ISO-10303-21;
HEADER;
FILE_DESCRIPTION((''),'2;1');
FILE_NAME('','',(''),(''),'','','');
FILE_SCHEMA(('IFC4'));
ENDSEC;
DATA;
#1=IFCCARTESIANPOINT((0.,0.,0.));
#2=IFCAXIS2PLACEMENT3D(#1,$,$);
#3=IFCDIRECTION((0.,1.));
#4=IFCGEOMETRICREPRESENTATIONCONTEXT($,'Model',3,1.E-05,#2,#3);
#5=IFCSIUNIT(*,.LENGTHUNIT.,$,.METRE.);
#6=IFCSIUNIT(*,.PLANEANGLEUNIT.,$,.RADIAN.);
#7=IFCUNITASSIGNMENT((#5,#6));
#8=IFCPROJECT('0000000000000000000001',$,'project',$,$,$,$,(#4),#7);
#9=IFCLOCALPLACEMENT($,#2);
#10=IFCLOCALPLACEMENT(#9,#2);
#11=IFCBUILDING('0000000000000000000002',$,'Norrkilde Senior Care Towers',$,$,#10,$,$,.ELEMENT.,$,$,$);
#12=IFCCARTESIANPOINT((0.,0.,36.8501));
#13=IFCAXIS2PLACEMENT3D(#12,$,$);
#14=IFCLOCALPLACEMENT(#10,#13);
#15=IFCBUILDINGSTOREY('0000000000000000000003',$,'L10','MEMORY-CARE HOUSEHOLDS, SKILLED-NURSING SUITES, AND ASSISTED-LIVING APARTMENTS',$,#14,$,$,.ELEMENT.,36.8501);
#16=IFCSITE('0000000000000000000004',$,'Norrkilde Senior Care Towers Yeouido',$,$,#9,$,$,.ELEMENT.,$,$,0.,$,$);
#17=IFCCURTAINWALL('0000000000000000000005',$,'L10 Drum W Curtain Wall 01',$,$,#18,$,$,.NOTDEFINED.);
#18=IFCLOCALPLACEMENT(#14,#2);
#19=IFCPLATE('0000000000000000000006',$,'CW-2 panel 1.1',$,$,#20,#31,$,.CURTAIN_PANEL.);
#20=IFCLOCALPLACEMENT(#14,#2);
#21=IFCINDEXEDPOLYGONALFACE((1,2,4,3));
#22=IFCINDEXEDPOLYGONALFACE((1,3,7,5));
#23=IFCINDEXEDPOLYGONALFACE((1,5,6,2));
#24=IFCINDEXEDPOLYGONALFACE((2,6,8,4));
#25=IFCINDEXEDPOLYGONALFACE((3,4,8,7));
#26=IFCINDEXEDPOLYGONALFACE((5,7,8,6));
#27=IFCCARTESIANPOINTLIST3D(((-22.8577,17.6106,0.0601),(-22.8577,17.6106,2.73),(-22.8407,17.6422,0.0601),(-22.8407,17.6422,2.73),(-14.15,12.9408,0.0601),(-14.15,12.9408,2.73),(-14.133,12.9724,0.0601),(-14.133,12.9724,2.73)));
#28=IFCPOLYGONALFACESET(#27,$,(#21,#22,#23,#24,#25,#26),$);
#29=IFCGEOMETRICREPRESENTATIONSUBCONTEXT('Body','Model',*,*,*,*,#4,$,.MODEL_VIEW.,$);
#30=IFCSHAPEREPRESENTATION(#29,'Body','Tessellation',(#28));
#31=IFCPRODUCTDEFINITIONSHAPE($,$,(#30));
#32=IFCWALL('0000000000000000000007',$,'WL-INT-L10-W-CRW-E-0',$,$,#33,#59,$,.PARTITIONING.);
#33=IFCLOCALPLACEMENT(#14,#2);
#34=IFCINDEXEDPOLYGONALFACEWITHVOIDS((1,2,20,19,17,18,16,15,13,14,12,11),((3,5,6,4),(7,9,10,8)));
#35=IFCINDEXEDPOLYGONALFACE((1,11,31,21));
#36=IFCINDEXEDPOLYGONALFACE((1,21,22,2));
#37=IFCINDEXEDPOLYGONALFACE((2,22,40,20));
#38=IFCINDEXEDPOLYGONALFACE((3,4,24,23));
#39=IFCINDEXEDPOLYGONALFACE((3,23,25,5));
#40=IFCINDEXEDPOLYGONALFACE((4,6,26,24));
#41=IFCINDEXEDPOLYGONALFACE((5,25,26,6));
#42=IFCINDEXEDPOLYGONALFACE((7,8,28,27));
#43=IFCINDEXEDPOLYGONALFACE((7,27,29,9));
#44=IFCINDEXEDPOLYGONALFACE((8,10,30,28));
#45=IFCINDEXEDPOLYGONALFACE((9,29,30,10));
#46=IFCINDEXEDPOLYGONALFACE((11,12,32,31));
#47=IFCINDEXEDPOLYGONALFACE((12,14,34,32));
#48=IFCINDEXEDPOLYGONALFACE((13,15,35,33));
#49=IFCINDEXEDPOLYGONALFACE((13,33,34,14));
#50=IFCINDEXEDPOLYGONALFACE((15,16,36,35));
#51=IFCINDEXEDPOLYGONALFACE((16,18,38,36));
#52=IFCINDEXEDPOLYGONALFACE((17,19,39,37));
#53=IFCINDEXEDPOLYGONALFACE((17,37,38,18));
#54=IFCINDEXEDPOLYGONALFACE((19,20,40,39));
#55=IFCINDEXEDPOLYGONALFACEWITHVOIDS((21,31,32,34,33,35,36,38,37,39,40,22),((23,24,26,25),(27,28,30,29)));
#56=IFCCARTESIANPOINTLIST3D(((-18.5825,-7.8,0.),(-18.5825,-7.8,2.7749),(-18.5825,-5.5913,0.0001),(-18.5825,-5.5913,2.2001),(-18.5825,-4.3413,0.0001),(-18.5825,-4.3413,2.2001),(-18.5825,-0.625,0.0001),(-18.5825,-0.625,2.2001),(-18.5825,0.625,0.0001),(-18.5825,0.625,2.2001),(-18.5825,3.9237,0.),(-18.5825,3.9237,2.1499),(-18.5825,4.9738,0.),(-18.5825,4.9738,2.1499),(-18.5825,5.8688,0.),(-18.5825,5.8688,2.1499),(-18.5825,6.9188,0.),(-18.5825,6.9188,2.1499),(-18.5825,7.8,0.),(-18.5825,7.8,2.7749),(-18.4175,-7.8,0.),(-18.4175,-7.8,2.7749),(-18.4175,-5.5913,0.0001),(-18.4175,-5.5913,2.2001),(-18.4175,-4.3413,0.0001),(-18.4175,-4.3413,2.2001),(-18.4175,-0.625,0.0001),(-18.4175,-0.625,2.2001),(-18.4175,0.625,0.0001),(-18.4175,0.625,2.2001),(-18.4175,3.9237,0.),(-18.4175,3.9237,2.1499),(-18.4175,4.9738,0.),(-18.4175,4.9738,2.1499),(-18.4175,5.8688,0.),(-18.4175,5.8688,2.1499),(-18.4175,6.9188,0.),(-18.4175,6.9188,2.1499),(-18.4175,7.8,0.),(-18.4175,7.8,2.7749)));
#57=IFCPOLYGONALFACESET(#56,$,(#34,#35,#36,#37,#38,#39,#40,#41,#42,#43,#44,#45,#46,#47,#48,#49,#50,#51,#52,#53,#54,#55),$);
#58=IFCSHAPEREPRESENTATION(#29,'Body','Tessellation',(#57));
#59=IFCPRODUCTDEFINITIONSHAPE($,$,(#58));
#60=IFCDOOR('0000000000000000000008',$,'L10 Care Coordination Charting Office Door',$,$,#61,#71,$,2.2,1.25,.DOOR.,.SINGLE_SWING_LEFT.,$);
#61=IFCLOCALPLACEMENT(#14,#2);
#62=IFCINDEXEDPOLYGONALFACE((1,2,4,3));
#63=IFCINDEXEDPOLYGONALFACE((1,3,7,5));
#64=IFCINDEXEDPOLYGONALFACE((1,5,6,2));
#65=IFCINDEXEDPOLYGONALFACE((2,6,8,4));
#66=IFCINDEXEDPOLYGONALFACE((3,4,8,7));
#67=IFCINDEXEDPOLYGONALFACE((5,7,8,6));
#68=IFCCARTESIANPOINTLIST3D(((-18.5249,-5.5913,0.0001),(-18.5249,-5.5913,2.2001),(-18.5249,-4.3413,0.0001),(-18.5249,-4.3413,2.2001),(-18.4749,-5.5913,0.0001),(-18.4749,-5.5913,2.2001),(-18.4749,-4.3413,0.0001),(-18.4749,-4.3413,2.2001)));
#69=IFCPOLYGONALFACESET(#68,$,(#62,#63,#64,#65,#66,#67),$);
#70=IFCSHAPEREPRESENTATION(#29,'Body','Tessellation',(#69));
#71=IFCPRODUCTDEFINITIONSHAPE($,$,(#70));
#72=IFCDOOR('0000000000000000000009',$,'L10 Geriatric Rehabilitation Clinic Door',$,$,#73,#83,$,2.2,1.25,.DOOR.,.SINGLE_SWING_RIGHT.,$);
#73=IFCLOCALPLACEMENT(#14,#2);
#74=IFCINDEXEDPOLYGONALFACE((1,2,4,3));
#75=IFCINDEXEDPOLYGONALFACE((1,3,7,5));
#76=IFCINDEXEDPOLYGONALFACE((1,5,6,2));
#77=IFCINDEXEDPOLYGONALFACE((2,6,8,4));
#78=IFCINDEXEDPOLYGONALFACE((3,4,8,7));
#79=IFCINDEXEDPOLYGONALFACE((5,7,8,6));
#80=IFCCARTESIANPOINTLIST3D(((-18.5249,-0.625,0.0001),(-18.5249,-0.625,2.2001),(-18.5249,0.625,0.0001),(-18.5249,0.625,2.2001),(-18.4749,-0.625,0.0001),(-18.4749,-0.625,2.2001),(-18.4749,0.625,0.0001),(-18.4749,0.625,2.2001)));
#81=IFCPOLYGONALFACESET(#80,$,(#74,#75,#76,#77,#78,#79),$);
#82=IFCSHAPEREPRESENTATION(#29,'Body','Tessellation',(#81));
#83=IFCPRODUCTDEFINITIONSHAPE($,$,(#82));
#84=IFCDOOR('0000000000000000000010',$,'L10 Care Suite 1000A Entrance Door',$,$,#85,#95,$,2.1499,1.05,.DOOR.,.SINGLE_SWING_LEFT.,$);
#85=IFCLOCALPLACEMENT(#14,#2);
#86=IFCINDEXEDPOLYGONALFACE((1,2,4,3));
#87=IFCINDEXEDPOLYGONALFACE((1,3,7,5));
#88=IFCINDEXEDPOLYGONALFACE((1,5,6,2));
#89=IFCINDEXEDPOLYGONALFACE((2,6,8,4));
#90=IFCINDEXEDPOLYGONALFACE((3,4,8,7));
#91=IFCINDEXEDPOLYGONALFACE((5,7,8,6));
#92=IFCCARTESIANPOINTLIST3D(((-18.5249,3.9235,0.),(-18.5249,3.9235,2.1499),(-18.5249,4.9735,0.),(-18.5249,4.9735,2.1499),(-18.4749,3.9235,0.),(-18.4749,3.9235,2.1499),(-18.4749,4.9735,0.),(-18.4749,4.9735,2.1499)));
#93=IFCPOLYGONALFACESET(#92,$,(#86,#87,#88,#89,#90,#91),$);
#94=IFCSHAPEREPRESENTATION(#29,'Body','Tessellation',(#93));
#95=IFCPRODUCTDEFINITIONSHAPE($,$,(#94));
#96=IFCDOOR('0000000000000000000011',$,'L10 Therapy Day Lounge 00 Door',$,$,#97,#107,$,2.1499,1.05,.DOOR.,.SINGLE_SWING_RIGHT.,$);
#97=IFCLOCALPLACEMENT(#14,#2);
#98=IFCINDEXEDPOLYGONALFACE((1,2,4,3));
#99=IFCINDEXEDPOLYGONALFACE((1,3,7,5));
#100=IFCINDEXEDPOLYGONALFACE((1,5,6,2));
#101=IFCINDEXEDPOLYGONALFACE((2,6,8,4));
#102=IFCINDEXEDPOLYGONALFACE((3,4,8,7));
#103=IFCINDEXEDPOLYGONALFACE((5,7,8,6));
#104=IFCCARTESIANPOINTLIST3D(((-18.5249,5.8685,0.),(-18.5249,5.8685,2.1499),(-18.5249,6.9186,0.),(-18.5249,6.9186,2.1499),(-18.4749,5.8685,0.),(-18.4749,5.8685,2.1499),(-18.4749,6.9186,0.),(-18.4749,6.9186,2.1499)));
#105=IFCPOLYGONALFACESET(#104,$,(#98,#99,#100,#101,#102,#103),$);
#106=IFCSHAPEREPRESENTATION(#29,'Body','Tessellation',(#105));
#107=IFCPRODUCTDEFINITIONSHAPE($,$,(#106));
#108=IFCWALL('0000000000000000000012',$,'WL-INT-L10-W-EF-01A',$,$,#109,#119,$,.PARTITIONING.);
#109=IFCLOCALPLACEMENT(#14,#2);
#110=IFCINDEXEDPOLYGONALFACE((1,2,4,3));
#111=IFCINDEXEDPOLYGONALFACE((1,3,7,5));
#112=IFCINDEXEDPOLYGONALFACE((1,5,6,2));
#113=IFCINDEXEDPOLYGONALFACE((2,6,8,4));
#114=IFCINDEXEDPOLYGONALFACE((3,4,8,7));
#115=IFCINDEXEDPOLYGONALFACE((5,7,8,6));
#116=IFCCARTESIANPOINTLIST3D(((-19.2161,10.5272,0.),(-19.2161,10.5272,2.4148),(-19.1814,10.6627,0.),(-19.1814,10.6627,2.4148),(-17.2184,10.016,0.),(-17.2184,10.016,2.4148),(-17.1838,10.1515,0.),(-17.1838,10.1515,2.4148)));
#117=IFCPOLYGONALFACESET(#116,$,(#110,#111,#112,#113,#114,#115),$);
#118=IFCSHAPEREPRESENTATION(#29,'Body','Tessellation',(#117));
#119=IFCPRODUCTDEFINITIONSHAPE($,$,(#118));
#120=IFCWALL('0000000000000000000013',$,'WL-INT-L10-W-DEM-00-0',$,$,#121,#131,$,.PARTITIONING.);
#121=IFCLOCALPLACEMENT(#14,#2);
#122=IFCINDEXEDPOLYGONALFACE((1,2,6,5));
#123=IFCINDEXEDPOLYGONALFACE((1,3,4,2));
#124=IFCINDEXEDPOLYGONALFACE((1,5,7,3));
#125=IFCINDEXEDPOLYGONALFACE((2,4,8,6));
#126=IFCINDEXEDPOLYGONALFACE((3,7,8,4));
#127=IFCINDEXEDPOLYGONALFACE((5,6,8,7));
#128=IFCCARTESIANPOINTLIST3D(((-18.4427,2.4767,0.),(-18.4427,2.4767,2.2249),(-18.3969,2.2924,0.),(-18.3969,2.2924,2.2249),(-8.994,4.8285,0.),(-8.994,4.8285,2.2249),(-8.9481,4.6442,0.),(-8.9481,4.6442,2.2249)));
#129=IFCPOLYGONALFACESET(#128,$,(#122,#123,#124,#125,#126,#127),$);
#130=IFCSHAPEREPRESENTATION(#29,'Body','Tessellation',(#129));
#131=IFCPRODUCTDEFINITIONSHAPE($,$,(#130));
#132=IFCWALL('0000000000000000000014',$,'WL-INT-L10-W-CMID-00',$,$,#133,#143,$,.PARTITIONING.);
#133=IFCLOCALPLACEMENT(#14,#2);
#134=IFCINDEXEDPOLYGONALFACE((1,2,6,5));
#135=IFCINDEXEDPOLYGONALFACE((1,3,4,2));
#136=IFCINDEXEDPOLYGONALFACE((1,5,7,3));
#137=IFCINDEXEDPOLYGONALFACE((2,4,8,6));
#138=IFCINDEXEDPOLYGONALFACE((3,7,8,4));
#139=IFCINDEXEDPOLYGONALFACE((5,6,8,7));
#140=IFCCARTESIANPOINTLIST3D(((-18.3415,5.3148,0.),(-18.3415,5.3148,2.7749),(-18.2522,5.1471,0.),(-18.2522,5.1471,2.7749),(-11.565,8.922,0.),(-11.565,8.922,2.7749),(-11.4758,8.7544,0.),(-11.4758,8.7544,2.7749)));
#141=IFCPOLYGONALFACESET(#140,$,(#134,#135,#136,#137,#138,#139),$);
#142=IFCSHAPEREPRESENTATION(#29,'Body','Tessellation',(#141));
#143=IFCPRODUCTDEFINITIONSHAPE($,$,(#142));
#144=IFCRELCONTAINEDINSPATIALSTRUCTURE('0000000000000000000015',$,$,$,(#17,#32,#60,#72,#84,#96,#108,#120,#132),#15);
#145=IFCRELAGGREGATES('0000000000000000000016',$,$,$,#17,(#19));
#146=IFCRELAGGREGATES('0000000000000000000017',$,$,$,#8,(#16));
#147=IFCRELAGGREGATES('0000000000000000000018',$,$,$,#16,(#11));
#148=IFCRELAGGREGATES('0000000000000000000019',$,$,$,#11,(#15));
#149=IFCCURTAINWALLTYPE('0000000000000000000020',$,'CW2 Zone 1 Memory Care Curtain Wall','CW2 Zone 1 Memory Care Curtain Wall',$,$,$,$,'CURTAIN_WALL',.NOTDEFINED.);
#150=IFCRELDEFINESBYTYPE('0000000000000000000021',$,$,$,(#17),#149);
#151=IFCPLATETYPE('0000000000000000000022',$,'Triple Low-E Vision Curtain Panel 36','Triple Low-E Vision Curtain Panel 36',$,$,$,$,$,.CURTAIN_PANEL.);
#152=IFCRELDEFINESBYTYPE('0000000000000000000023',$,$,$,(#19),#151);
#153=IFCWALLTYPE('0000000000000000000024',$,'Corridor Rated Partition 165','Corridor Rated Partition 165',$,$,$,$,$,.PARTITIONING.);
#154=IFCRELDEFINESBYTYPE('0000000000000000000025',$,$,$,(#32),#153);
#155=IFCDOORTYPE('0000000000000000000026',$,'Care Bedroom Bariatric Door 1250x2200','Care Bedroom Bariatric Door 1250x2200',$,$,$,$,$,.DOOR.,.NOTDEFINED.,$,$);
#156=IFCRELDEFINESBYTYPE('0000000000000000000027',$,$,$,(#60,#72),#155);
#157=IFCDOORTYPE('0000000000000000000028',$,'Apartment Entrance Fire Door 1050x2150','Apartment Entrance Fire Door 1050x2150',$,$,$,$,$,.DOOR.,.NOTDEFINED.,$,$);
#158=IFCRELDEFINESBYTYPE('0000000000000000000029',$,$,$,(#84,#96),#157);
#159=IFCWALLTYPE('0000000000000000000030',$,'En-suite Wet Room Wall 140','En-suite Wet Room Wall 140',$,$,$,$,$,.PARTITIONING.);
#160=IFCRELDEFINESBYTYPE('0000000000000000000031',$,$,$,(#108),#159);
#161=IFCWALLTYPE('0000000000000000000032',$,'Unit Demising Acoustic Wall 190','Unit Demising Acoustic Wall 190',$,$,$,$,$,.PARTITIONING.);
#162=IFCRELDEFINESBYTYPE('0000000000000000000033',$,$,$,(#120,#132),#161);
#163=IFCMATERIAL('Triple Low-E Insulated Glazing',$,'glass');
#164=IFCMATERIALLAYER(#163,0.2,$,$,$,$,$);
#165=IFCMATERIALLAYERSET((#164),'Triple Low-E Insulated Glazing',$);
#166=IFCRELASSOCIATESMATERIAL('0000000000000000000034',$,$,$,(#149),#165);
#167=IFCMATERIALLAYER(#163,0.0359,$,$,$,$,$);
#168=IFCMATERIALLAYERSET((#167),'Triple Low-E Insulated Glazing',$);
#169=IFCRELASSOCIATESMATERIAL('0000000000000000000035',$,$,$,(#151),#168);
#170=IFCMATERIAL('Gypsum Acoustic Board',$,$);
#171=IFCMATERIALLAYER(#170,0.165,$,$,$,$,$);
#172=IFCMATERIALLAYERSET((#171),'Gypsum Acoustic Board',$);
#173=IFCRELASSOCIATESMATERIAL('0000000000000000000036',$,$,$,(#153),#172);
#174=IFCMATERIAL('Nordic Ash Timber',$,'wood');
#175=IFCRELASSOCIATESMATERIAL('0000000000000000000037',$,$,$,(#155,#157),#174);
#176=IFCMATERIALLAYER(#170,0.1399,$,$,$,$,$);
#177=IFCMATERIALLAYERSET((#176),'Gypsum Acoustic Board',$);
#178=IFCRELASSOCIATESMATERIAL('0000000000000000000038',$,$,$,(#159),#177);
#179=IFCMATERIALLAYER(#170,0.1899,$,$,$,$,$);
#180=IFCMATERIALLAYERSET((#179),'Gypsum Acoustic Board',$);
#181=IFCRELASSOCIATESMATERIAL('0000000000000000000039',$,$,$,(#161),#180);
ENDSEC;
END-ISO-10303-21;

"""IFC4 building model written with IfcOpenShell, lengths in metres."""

from ifc_helpers import new_model, si_unit, direction, frame, frame_2d, origin, origin_2d, place, context, subcontext, project, spatial, rectangle, extrude, source, transform, mapped, material, layer, layer_set, type_object, type_shapes, element, fill, aggregate, save


model = new_model("IFC4")

# Units and contexts
model_context = context("Model", 3, precision=1e-05, world=origin(), true_north=direction((0.0, 1.0)))
body_context = subcontext(model_context, "Body", "Model", "MODEL_VIEW")
ifc_project = project(units=[si_unit("LENGTHUNIT", "METRE"), si_unit("PLANEANGLEUNIT", "RADIAN")], contexts=[model_context])

# Site, building, storey
site_placement = place(None, origin())
site = spatial("IfcSite", under=ifc_project, at=site_placement, Name="Norrkilde Senior Care Towers Yeouido", CompositionType="ELEMENT", RefElevation=0.0)
building_placement = place(site_placement, origin())
building = spatial("IfcBuilding", under=site, at=building_placement, Name="Norrkilde Senior Care Towers", CompositionType="ELEMENT")
storey_placement = place(building_placement, frame((0.0, 0.0, 36.8501)))
storey = spatial("IfcBuildingStorey", under=building, at=storey_placement, Name="L10", Description="MEMORY-CARE HOUSEHOLDS, SKILLED-NURSING SUITES, AND ASSISTED-LIVING APARTMENTS", CompositionType="ELEMENT", Elevation=36.8501)

# Shared definitions
ifc_material_1 = material(Name="Triple Low-E Insulated Glazing", Category="glass")
ifc_layer_1 = layer(ifc_material_1, 0.2)
ifc_layer_set_1 = layer_set([ifc_layer_1], Name="Triple Low-E Insulated Glazing")
curtain_wall_type = type_object("IfcCurtainWallType", Name="CW2 Zone 1 Memory Care Curtain Wall", Description="CW2 Zone 1 Memory Care Curtain Wall", ElementType="CURTAIN_WALL", PredefinedType="NOTDEFINED", material=ifc_layer_set_1)

# Curtain wall
curtain_wall_1_placement = place(storey_placement, origin())
curtain_wall_1 = element("IfcCurtainWall", 1, at=curtain_wall_1_placement, inside=storey, type_object=curtain_wall_type, Name="L10 Drum W Curtain Wall 01", PredefinedType="NOTDEFINED")

# Plate
ifc_layer_2 = layer(ifc_material_1, 0.0359)
ifc_layer_set_2 = layer_set([ifc_layer_2], Name="Triple Low-E Insulated Glazing")
plate_type = type_object("IfcPlateType", Name="Triple Low-E Vision Curtain Panel 36", Description="Triple Low-E Vision Curtain Panel 36", PredefinedType="CURTAIN_PANEL", material=ifc_layer_set_2)
shared_shape_1 = source(origin(), body_context, "Body", "SweptSolid", [
    extrude(rectangle(XDim=9.8809, YDim=0.0359, at=origin_2d()), origin(), (0.0, 0.0, 1.0), 2.6699),
])
plate_1_placement = place(storey_placement, frame((-18.4954, 15.2915, 0.0601), z_axis=(0.0, 0.0, 1.0), x_axis=(0.881273, -0.472608, 0.0)))
plate_1 = element("IfcPlate", 2, at=plate_1_placement, type_object=plate_type, Name="CW-2 panel 1.1", PredefinedType="CURTAIN_PANEL", context=body_context, shape_type="MappedRepresentation", body=[
    mapped(shared_shape_1, transform((0.0, 0.0, 0.0), x_axis=(1.0, 0.0, 0.0), y_axis=(0.0, 1.0, 0.0), z_axis=(0.0, 0.0, 1.0), scale=1.0)),
])
aggregate(curtain_wall_1, [plate_1])

# Wall, openings, doors
ifc_material_2 = material(Name="Gypsum Acoustic Board")
ifc_layer_3 = layer(ifc_material_2, 0.165)
ifc_layer_set_3 = layer_set([ifc_layer_3], Name="Gypsum Acoustic Board")
wall_type_1 = type_object("IfcWallType", Name="Corridor Rated Partition 165", Description="Corridor Rated Partition 165", PredefinedType="PARTITIONING", material=ifc_layer_set_3)
shared_shape_2 = source(origin(), body_context, "Body", "SweptSolid", [
    extrude(rectangle(XDim=15.6001, YDim=0.165, at=frame_2d((7.8, 0.0))), origin(), (0.0, 0.0, 1.0), 2.7749),
])
type_shapes(wall_type_1, [shared_shape_2])
wall_1_placement = place(storey_placement, frame((-18.5, 7.8, 0.0), z_axis=(0.0, 0.0, 1.0), x_axis=(0.0, -1.0, 0.0)))
wall_1 = element("IfcWall", 3, at=wall_1_placement, inside=storey, type_object=wall_type_1, Name="WL-INT-L10-W-CRW-E-0", PredefinedType="PARTITIONING", context=body_context, shape_type="MappedRepresentation", body=[
    mapped(shared_shape_2, transform((0.0, 0.0, 0.0), x_axis=(1.0, 0.0, 0.0), y_axis=(0.0, 1.0, 0.0), z_axis=(0.0, 0.0, 1.0), scale=1.0)),
])
opening_1_placement = place(wall_1_placement, frame((12.1414, 0.0, 0.0)))
opening_1 = element("IfcOpeningElement", 4, at=opening_1_placement, cuts=wall_1, PredefinedType="OPENING", context=body_context, shape_type="SweptSolid", body=[
    extrude(rectangle(XDim=1.25, YDim=2.2, at=frame_2d((0.625, 1.1001))), frame((0.0, 0.0925, 0.0), z_axis=(0.0, -1.0, 0.0), x_axis=(1.0, 0.0, 0.0)), (0.0, 0.0, 1.0), 0.1851),
])
opening_2_placement = place(wall_1_placement, frame((7.175, 0.0, 0.0)))
opening_2 = element("IfcOpeningElement", 5, at=opening_2_placement, cuts=wall_1, PredefinedType="OPENING", context=body_context, shape_type="SweptSolid", body=[
    extrude(rectangle(XDim=1.25, YDim=2.2, at=frame_2d((0.625, 1.1001))), frame((0.0, 0.0925, 0.0), z_axis=(0.0, -1.0, 0.0), x_axis=(1.0, 0.0, 0.0)), (0.0, 0.0, 1.0), 0.1851),
])
opening_3_placement = place(wall_1_placement, frame((2.8264, 0.0, 0.0)))
opening_3 = element("IfcOpeningElement", 6, at=opening_3_placement, cuts=wall_1, PredefinedType="OPENING", context=body_context, shape_type="SweptSolid", body=[
    extrude(rectangle(XDim=1.05, YDim=2.1499, at=frame_2d((0.5249, 1.075))), frame((0.0, 0.0925, 0.0), z_axis=(0.0, -1.0, 0.0), x_axis=(1.0, 0.0, 0.0)), (0.0, 0.0, 1.0), 0.1851),
])
opening_4_placement = place(wall_1_placement, frame((0.8813, 0.0, 0.0)))
opening_4 = element("IfcOpeningElement", 7, at=opening_4_placement, cuts=wall_1, PredefinedType="OPENING", context=body_context, shape_type="SweptSolid", body=[
    extrude(rectangle(XDim=1.05, YDim=2.1499, at=frame_2d((0.5249, 1.075))), frame((0.0, 0.0925, 0.0), z_axis=(0.0, -1.0, 0.0), x_axis=(1.0, 0.0, 0.0)), (0.0, 0.0, 1.0), 0.1851),
])
ifc_material_3 = material(Name="Nordic Ash Timber", Category="wood")
door_type_1 = type_object("IfcDoorType", Name="Care Bedroom Bariatric Door 1250x2200", Description="Care Bedroom Bariatric Door 1250x2200", OperationType="NOTDEFINED", PredefinedType="DOOR", material=ifc_material_3)
shared_shape_3 = source(origin(), body_context, "Body", "SweptSolid", [
    extrude(rectangle(XDim=1.25, YDim=2.2, at=frame_2d((0.625, 1.1001))), frame((0.0, 0.0249, 0.0), z_axis=(0.0, -1.0, 0.0), x_axis=(1.0, 0.0, 0.0)), (0.0, 0.0, 1.0), 0.05),
])
type_shapes(door_type_1, [shared_shape_3])
door_1_placement = place(opening_1_placement, frame((1.25, 0.0, 0.0), z_axis=(0.0, 0.0, 1.0), x_axis=(-1.0, 0.0, 0.0)))
door_1 = element("IfcDoor", 8, at=door_1_placement, inside=storey, type_object=door_type_1, Name="L10 Care Coordination Charting Office Door", OperationType="SINGLE_SWING_LEFT", OverallHeight=2.2, OverallWidth=1.25, PredefinedType="DOOR", context=body_context, shape_type="MappedRepresentation", body=[
    mapped(shared_shape_3, transform((0.0, 0.0, 0.0), x_axis=(1.0, 0.0, 0.0), y_axis=(0.0, 1.0, 0.0), z_axis=(0.0, 0.0, 1.0), scale=1.0)),
])
fill(opening_1, door_1)
door_2_placement = place(opening_2_placement, frame((1.25, 0.0, 0.0), z_axis=(0.0, 0.0, 1.0), x_axis=(-1.0, 0.0, 0.0)))
door_2 = element("IfcDoor", 9, at=door_2_placement, inside=storey, type_object=door_type_1, Name="L10 Geriatric Rehabilitation Clinic Door", OperationType="SINGLE_SWING_RIGHT", OverallHeight=2.2, OverallWidth=1.25, PredefinedType="DOOR", context=body_context, shape_type="MappedRepresentation", body=[
    mapped(shared_shape_3, transform((0.0, 0.0, 0.0), x_axis=(1.0, 0.0, 0.0), y_axis=(0.0, 1.0, 0.0), z_axis=(0.0, 0.0, 1.0), scale=1.0)),
])
fill(opening_2, door_2)
door_type_2 = type_object("IfcDoorType", Name="Apartment Entrance Fire Door 1050x2150", Description="Apartment Entrance Fire Door 1050x2150", OperationType="NOTDEFINED", PredefinedType="DOOR", material=ifc_material_3)
shared_shape_4 = source(origin(), body_context, "Body", "SweptSolid", [
    extrude(rectangle(XDim=1.05, YDim=2.1499, at=frame_2d((0.5249, 1.075))), frame((0.0, 0.0249, 0.0), z_axis=(0.0, -1.0, 0.0), x_axis=(1.0, 0.0, 0.0)), (0.0, 0.0, 1.0), 0.05),
])
type_shapes(door_type_2, [shared_shape_4])
door_3_placement = place(opening_3_placement, frame((1.05, 0.0, 0.0), z_axis=(0.0, 0.0, 1.0), x_axis=(-1.0, 0.0, 0.0)))
door_3 = element("IfcDoor", 10, at=door_3_placement, inside=storey, type_object=door_type_2, Name="L10 Care Suite 1000A Entrance Door", OperationType="SINGLE_SWING_LEFT", OverallHeight=2.1499, OverallWidth=1.05, PredefinedType="DOOR", context=body_context, shape_type="MappedRepresentation", body=[
    mapped(shared_shape_4, transform((0.0, 0.0, 0.0), x_axis=(1.0, 0.0, 0.0), y_axis=(0.0, 1.0, 0.0), z_axis=(0.0, 0.0, 1.0), scale=1.0)),
])
fill(opening_3, door_3)
door_4_placement = place(opening_4_placement, frame((1.05, 0.0, 0.0), z_axis=(0.0, 0.0, 1.0), x_axis=(-1.0, 0.0, 0.0)))
door_4 = element("IfcDoor", 11, at=door_4_placement, inside=storey, type_object=door_type_2, Name="L10 Therapy Day Lounge 00 Door", OperationType="SINGLE_SWING_RIGHT", OverallHeight=2.1499, OverallWidth=1.05, PredefinedType="DOOR", context=body_context, shape_type="MappedRepresentation", body=[
    mapped(shared_shape_4, transform((0.0, 0.0, 0.0), x_axis=(1.0, 0.0, 0.0), y_axis=(0.0, 1.0, 0.0), z_axis=(0.0, 0.0, 1.0), scale=1.0)),
])
fill(opening_4, door_4)

# Walls
ifc_layer_4 = layer(ifc_material_2, 0.1399)
ifc_layer_set_4 = layer_set([ifc_layer_4], Name="Gypsum Acoustic Board")
wall_type_2 = type_object("IfcWallType", Name="En-suite Wet Room Wall 140", Description="En-suite Wet Room Wall 140", PredefinedType="PARTITIONING", material=ifc_layer_set_4)
shared_shape_5 = source(origin(), body_context, "Body", "SweptSolid", [
    extrude(rectangle(XDim=2.062, YDim=0.1399, at=frame_2d((1.031, 0.0))), origin(), (0.0, 0.0, 1.0), 2.4148),
])
wall_2_placement = place(storey_placement, frame((-19.1987, 10.595, 0.0), z_axis=(0.0, 0.0, 1.0), x_axis=(0.968776, -0.247937, 0.0)))
element("IfcWall", 12, at=wall_2_placement, inside=storey, type_object=wall_type_2, Name="WL-INT-L10-W-EF-01A", PredefinedType="PARTITIONING", context=body_context, shape_type="MappedRepresentation", body=[
    mapped(shared_shape_5, transform((0.0, 0.0, 0.0), x_axis=(1.0, 0.0, 0.0), y_axis=(0.0, 1.0, 0.0), z_axis=(0.0, 0.0, 1.0), scale=1.0)),
])
ifc_layer_5 = layer(ifc_material_2, 0.1899)
ifc_layer_set_5 = layer_set([ifc_layer_5], Name="Gypsum Acoustic Board")
wall_type_3 = type_object("IfcWallType", Name="Unit Demising Acoustic Wall 190", Description="Unit Demising Acoustic Wall 190", PredefinedType="PARTITIONING", material=ifc_layer_set_5)
shared_shape_6 = source(origin(), body_context, "Body", "SweptSolid", [
    extrude(rectangle(XDim=9.7371, YDim=0.1899, at=frame_2d((4.8687, 0.0))), origin(), (0.0, 0.0, 1.0), 2.2249),
])
wall_3_placement = place(storey_placement, frame((-18.4199, 2.3845, 0.0), z_axis=(0.0, 0.0, 1.0), x_axis=(0.970393, 0.241533, 0.0)))
element("IfcWall", 13, at=wall_3_placement, inside=storey, type_object=wall_type_3, Name="WL-INT-L10-W-DEM-00-0", PredefinedType="PARTITIONING", context=body_context, shape_type="MappedRepresentation", body=[
    mapped(shared_shape_6, transform((0.0, 0.0, 0.0), x_axis=(1.0, 0.0, 0.0), y_axis=(0.0, 1.0, 0.0), z_axis=(0.0, 0.0, 1.0), scale=1.0)),
])
shared_shape_7 = source(origin(), body_context, "Body", "SweptSolid", [
    extrude(rectangle(XDim=7.6768, YDim=0.1899, at=frame_2d((3.8384, 0.0))), origin(), (0.0, 0.0, 1.0), 2.7749),
])
type_shapes(wall_type_3, [shared_shape_6, shared_shape_7])
wall_4_placement = place(storey_placement, frame((-18.2969, 5.231, 0.0), z_axis=(0.0, 0.0, 1.0), x_axis=(0.882725, 0.46989, 0.0)))
element("IfcWall", 14, at=wall_4_placement, inside=storey, type_object=wall_type_3, Name="WL-INT-L10-W-CMID-00", PredefinedType="PARTITIONING", context=body_context, shape_type="MappedRepresentation", body=[
    mapped(shared_shape_7, transform((0.0, 0.0, 0.0), x_axis=(1.0, 0.0, 0.0), y_axis=(0.0, 1.0, 0.0), z_axis=(0.0, 0.0, 1.0), scale=1.0)),
])

save(model, "model.ifc")
